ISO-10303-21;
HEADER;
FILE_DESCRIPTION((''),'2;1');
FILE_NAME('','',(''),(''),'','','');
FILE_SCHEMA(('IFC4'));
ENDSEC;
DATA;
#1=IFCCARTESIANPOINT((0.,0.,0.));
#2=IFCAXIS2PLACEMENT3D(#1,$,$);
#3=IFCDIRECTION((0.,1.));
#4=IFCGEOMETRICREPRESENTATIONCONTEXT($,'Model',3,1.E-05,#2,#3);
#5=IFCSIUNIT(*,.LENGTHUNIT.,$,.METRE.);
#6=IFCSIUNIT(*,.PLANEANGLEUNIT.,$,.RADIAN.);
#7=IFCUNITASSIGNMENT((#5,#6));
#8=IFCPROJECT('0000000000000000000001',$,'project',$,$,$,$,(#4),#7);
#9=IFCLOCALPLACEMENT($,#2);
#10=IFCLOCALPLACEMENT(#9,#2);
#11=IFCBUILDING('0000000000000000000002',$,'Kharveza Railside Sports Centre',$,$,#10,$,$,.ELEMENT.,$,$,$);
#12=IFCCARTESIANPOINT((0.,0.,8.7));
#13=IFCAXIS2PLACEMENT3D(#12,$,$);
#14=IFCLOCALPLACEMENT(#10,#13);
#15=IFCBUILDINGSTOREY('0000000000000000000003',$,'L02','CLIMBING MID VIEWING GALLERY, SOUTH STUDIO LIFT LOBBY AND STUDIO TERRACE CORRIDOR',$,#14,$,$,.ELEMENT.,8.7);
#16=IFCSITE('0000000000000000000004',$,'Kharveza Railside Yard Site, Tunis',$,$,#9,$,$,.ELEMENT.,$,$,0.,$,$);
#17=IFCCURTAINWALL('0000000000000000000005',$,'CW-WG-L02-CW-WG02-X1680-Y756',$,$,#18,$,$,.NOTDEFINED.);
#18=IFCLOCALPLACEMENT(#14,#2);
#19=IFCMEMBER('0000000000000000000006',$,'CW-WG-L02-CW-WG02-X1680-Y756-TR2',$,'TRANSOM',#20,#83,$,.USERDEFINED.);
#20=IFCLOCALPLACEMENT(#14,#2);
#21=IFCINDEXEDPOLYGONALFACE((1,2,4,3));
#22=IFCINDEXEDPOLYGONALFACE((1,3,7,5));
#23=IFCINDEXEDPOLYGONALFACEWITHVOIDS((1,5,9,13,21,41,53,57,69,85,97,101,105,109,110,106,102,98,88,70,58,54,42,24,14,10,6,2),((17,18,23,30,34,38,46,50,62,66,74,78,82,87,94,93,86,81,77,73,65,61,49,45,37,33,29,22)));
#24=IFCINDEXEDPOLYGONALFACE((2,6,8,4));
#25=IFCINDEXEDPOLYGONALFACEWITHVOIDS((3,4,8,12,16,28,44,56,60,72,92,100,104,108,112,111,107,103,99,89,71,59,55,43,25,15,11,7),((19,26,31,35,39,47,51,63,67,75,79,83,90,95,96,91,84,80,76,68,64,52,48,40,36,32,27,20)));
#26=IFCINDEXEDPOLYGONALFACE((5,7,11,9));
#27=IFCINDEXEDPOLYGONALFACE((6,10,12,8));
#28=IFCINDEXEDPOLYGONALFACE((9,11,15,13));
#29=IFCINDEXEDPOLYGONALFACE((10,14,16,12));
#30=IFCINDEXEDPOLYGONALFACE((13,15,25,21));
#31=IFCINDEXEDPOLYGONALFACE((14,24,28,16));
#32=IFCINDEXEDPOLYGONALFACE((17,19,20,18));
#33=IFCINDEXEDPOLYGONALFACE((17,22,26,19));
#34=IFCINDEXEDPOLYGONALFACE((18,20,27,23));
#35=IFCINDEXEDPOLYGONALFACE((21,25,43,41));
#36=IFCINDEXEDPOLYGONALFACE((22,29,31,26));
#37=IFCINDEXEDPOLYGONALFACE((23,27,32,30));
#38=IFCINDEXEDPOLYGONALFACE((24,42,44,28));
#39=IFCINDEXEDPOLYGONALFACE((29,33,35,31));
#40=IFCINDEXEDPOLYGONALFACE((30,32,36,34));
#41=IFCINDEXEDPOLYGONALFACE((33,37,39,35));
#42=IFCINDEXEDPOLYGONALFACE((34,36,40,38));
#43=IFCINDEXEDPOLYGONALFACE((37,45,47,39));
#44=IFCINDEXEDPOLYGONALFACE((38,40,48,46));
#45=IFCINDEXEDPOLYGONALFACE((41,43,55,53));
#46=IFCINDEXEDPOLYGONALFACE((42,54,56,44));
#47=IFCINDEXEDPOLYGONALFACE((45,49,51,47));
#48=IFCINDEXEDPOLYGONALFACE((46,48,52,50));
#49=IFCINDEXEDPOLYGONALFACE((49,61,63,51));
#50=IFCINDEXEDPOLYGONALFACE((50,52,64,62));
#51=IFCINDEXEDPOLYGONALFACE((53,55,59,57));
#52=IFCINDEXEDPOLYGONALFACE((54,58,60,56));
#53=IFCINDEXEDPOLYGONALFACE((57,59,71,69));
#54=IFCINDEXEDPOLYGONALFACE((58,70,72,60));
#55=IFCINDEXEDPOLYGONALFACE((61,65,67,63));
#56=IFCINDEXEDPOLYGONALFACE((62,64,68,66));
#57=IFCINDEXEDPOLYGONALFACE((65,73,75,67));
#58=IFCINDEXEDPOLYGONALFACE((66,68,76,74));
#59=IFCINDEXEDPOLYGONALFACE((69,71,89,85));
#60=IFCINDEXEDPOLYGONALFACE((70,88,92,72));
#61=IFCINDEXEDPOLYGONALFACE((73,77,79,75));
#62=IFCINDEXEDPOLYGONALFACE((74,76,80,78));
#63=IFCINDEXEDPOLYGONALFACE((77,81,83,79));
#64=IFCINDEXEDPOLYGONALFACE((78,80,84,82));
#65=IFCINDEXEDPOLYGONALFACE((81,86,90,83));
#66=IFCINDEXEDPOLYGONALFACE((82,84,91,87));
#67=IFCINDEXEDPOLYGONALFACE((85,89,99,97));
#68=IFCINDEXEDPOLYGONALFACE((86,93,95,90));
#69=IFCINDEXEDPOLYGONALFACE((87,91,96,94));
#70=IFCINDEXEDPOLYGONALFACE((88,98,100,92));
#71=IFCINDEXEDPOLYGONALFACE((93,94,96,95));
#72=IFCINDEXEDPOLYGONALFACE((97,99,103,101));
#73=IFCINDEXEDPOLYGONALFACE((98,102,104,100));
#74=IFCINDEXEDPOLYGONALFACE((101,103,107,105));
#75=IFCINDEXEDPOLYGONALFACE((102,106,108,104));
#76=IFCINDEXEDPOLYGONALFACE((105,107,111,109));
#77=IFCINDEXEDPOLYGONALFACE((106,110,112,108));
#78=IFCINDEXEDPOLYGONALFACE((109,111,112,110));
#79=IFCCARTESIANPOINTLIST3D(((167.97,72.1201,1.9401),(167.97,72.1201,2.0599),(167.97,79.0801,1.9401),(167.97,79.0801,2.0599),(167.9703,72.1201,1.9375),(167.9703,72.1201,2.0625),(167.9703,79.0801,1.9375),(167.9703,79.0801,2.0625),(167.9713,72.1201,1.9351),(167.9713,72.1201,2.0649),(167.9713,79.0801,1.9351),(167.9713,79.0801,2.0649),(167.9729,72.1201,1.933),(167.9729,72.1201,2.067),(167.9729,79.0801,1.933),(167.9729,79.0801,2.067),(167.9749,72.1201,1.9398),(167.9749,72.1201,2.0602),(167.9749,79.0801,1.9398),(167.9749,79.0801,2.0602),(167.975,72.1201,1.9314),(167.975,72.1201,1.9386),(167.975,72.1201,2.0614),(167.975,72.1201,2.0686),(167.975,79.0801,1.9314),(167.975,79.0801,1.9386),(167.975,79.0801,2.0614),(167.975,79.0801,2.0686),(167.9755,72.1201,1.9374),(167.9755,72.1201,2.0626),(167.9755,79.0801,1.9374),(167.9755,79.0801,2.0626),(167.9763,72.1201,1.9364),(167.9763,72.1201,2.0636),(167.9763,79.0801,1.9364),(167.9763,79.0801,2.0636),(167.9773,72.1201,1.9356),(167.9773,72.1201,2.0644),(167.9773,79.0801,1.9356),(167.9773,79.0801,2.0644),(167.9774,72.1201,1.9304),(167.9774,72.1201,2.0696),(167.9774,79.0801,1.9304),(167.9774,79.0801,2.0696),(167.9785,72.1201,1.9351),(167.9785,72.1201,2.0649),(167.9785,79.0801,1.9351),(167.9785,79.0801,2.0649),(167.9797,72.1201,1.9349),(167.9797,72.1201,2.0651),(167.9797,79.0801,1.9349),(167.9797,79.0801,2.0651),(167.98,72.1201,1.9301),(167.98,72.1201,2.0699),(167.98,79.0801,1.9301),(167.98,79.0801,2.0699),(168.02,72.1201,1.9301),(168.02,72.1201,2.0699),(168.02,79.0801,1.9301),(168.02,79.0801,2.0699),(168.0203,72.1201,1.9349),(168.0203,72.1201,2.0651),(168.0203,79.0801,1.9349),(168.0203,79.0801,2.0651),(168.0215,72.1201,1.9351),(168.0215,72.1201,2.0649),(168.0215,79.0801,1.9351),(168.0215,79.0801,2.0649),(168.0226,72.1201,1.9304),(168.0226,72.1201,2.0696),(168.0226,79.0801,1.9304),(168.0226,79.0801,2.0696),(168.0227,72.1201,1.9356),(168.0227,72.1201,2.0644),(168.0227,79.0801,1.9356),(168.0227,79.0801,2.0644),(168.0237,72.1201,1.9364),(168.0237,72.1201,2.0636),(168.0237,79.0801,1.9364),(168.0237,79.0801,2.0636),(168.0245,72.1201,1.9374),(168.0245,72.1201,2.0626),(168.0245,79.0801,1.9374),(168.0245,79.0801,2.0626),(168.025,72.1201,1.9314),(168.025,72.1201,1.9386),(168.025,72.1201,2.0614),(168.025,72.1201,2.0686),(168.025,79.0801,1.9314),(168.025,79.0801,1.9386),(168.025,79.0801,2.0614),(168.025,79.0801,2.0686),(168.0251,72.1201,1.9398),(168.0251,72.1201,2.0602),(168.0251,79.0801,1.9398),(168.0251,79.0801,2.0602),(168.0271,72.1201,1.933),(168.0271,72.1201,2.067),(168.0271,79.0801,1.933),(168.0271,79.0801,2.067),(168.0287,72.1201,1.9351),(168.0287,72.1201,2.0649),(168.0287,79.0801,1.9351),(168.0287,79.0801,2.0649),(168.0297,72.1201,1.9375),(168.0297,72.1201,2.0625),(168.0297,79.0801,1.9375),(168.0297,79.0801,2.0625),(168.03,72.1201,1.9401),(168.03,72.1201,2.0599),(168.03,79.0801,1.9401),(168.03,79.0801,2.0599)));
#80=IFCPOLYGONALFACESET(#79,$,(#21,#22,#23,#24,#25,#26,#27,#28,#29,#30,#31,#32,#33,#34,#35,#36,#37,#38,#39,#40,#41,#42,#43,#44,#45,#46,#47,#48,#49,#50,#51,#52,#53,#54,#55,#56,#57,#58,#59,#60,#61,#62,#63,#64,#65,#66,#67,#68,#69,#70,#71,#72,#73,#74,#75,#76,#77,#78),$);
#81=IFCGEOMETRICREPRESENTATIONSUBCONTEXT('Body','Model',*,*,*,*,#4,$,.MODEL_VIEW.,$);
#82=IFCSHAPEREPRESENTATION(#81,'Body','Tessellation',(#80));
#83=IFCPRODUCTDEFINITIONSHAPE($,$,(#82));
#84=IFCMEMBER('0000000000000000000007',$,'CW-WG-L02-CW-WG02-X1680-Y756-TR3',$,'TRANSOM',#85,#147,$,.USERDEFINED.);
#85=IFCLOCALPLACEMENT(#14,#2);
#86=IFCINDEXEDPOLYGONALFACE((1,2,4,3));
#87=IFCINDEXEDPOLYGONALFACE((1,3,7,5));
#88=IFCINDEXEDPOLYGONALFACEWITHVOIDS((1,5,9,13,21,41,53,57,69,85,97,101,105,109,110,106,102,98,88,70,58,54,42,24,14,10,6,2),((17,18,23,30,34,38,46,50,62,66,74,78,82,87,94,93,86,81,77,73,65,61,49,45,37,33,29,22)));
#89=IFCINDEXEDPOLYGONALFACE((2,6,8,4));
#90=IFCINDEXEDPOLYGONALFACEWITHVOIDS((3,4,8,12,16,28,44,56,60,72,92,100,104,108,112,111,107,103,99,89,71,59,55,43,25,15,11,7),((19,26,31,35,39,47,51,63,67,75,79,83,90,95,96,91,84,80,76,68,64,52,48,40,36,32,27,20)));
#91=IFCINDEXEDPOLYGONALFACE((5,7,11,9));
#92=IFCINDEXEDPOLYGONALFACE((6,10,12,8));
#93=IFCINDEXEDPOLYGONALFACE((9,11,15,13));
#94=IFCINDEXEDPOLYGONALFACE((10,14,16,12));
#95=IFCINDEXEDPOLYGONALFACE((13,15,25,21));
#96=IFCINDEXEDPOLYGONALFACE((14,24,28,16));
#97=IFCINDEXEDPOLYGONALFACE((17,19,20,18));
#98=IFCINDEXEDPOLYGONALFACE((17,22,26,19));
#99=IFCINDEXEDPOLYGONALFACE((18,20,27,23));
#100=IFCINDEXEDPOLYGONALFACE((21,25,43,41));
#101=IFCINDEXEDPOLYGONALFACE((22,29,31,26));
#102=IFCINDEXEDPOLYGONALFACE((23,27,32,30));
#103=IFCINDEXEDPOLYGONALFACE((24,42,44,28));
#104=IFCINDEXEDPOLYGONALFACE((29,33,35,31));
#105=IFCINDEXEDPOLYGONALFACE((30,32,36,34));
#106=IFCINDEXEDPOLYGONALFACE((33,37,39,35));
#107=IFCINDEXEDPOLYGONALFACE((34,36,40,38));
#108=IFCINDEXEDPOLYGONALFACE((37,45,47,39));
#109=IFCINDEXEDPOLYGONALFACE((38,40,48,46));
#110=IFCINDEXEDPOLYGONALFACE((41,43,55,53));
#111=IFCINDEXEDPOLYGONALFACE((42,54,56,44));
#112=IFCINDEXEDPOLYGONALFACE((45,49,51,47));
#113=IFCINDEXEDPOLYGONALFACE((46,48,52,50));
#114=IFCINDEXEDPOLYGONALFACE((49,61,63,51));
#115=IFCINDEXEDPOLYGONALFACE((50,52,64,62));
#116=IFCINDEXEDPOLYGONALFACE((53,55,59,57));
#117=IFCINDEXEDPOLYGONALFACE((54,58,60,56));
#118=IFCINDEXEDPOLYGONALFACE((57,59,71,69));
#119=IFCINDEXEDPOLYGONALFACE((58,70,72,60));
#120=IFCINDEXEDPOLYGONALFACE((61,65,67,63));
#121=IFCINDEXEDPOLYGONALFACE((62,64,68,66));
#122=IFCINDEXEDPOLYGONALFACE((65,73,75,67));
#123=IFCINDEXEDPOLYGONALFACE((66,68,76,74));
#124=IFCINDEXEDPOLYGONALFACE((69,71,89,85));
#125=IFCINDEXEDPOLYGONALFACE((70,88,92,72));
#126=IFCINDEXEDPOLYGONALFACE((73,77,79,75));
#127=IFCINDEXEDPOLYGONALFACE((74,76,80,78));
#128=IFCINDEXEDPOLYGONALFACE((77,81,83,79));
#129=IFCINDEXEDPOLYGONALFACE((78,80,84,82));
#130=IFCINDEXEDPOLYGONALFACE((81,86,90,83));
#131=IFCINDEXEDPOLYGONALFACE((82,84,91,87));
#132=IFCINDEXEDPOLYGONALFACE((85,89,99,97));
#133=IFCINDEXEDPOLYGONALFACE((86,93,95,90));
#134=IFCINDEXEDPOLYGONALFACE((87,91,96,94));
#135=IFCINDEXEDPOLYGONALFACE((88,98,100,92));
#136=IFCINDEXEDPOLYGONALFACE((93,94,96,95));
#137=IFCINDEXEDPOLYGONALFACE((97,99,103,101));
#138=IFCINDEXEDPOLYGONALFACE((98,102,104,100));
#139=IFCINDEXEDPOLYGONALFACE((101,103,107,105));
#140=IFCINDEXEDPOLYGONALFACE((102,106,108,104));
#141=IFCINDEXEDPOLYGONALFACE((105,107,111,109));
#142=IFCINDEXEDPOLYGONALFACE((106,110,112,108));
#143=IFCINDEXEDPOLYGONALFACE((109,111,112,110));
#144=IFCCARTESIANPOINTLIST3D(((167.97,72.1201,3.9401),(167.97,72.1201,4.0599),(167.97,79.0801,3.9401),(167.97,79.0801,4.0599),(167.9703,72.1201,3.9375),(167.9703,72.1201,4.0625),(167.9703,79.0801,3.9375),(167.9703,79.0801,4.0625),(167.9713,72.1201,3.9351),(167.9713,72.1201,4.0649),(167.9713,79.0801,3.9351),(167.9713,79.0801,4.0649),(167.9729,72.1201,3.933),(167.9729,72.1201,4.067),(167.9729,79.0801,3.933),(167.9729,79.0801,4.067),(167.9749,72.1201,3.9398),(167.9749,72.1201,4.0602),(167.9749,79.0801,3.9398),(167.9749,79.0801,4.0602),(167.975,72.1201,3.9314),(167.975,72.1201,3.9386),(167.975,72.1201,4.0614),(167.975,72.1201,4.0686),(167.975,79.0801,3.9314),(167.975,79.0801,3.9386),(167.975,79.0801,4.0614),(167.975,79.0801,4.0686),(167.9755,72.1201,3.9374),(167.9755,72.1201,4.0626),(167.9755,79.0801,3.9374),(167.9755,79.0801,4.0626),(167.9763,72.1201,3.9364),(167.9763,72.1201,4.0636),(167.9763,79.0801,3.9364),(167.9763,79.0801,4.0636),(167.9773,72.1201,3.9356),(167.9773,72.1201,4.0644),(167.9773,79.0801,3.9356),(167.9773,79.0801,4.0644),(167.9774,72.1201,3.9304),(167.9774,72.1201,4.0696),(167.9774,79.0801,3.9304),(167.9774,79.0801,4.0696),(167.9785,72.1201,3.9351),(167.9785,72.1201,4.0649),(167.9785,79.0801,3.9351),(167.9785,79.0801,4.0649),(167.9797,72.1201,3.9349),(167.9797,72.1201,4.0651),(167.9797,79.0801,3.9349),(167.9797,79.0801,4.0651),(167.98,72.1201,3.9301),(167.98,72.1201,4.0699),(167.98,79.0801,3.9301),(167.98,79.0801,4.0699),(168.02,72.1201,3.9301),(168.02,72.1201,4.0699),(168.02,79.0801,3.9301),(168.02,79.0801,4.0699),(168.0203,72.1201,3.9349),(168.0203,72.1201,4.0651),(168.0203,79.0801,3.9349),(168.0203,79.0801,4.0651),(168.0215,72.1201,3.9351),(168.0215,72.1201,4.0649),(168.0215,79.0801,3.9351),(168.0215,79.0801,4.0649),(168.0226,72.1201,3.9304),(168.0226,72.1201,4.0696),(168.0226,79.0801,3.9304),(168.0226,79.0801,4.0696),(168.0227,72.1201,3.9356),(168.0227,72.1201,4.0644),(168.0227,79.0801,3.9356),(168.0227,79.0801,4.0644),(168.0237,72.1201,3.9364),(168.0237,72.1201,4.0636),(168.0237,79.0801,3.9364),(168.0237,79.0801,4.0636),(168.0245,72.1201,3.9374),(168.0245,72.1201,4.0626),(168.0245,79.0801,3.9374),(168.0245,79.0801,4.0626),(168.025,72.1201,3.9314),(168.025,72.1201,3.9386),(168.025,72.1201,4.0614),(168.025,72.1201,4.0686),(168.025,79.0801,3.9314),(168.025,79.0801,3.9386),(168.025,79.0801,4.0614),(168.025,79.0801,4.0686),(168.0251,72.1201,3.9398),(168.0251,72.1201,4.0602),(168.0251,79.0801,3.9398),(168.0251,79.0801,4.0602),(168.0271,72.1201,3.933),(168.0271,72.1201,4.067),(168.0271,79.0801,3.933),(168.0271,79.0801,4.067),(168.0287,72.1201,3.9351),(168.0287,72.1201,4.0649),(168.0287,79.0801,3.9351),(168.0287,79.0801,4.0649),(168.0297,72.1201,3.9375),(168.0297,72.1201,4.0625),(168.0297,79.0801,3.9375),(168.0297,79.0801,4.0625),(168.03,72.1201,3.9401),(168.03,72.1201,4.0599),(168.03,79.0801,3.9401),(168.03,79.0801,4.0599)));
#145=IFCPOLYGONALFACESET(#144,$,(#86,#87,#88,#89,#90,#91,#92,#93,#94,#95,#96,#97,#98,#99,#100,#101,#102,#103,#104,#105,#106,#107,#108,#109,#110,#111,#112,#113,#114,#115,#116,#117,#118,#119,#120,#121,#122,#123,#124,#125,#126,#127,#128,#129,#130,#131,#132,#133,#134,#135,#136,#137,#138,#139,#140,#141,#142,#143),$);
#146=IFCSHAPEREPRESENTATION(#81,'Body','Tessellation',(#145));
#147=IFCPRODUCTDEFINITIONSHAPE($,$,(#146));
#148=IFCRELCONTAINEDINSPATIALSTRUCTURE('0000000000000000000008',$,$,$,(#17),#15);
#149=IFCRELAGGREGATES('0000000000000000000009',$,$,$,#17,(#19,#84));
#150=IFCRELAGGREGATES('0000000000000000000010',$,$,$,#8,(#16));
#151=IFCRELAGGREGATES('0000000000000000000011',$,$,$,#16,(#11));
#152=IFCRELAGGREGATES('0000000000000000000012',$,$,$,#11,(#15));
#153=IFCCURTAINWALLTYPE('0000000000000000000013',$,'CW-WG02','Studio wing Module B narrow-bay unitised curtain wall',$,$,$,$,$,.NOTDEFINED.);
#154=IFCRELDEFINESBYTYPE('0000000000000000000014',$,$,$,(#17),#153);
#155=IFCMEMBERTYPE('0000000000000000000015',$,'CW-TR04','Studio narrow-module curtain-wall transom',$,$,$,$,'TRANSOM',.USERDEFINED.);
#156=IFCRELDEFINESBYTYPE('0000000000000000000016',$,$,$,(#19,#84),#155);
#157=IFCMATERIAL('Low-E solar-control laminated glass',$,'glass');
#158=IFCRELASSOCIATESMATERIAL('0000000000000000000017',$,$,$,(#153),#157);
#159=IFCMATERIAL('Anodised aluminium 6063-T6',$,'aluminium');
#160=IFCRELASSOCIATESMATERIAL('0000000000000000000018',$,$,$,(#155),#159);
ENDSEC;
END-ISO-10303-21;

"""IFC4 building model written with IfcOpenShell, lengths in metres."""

from ifc_helpers import new_model, si_unit, direction, frame, origin, origin_2d, place, context, subcontext, project, spatial, hollow_rectangle, extrude, material, material_profile, profile_set, type_object, element, aggregate, save


model = new_model("IFC4")

# Units and contexts
model_context = context("Model", 3, precision=1e-05, world=origin(), true_north=direction((0.0, 1.0)))
body_context = subcontext(model_context, "Body", "Model", "MODEL_VIEW")
ifc_project = project(units=[si_unit("LENGTHUNIT", "METRE"), si_unit("PLANEANGLEUNIT", "RADIAN")], contexts=[model_context])

# Site, building, storey
site_placement = place(None, origin())
site = spatial("IfcSite", under=ifc_project, at=site_placement, Name="Kharveza Railside Yard Site, Tunis", CompositionType="ELEMENT", RefElevation=0.0)
building_placement = place(site_placement, origin())
building = spatial("IfcBuilding", under=site, at=building_placement, Name="Kharveza Railside Sports Centre", CompositionType="ELEMENT")
storey_placement = place(building_placement, frame((0.0, 0.0, 8.7)))
storey = spatial("IfcBuildingStorey", under=building, at=storey_placement, Name="L02", Description="CLIMBING MID VIEWING GALLERY, SOUTH STUDIO LIFT LOBBY AND STUDIO TERRACE CORRIDOR", CompositionType="ELEMENT", Elevation=8.7)

# Curtain wall, members
ifc_material_1 = material(Name="Low-E solar-control laminated glass", Category="glass")
curtain_wall_type = type_object("IfcCurtainWallType", Name="CW-WG02", Description="Studio wing Module B narrow-bay unitised curtain wall", PredefinedType="NOTDEFINED", material=ifc_material_1)
curtain_wall_placement = place(storey_placement, origin())
curtain_wall = element("IfcCurtainWall", 1, at=curtain_wall_placement, inside=storey, type_object=curtain_wall_type, Name="CW-WG-L02-CW-WG02-X1680-Y756", PredefinedType="NOTDEFINED")
ifc_material_2 = material(Name="Anodised aluminium 6063-T6", Category="aluminium")
ifc_material_profile_1 = material_profile(ifc_material_2, hollow_rectangle(XDim=0.0601, YDim=0.1399, WallThickness=0.0049, InnerFilletRadius=0.0049, OuterFilletRadius=0.01, at=origin_2d()), Name="RHS 60x140x5.0")
ifc_profile_set_1 = profile_set([ifc_material_profile_1], Name="Anodised aluminium 6063-T6")
member_type_1 = type_object("IfcMemberType", Name="CW-TR04", Description="Studio narrow-module curtain-wall transom", ElementType="TRANSOM", PredefinedType="USERDEFINED", material=ifc_profile_set_1)
member_1_placement = place(storey_placement, frame((168.0, 72.1201, 2.0), z_axis=(0.0, 1.0, 0.0), x_axis=(-1.0, 0.0, 0.0)))
member_1 = element("IfcMember", 2, at=member_1_placement, type_object=member_type_1, Name="CW-WG-L02-CW-WG02-X1680-Y756-TR2", ObjectType="TRANSOM", PredefinedType="USERDEFINED", context=body_context, shape_type="SweptSolid", body=[
    extrude(hollow_rectangle(XDim=0.0601, YDim=0.1399, WallThickness=0.0049, InnerFilletRadius=0.0049, OuterFilletRadius=0.01, at=origin_2d()), origin(), (0.0, 0.0, 1.0), 6.96),
])
member_2_placement = place(storey_placement, frame((168.0, 72.1201, 4.0), z_axis=(0.0, 1.0, 0.0), x_axis=(-1.0, 0.0, 0.0)))
member_2 = element("IfcMember", 3, at=member_2_placement, type_object=member_type_1, Name="CW-WG-L02-CW-WG02-X1680-Y756-TR3", ObjectType="TRANSOM", PredefinedType="USERDEFINED", context=body_context, shape_type="SweptSolid", body=[
    extrude(hollow_rectangle(XDim=0.0601, YDim=0.1399, WallThickness=0.0049, InnerFilletRadius=0.0049, OuterFilletRadius=0.01, at=origin_2d()), origin(), (0.0, 0.0, 1.0), 6.96),
])
aggregate(curtain_wall, [member_1, member_2])

save(model, "model.ifc")
